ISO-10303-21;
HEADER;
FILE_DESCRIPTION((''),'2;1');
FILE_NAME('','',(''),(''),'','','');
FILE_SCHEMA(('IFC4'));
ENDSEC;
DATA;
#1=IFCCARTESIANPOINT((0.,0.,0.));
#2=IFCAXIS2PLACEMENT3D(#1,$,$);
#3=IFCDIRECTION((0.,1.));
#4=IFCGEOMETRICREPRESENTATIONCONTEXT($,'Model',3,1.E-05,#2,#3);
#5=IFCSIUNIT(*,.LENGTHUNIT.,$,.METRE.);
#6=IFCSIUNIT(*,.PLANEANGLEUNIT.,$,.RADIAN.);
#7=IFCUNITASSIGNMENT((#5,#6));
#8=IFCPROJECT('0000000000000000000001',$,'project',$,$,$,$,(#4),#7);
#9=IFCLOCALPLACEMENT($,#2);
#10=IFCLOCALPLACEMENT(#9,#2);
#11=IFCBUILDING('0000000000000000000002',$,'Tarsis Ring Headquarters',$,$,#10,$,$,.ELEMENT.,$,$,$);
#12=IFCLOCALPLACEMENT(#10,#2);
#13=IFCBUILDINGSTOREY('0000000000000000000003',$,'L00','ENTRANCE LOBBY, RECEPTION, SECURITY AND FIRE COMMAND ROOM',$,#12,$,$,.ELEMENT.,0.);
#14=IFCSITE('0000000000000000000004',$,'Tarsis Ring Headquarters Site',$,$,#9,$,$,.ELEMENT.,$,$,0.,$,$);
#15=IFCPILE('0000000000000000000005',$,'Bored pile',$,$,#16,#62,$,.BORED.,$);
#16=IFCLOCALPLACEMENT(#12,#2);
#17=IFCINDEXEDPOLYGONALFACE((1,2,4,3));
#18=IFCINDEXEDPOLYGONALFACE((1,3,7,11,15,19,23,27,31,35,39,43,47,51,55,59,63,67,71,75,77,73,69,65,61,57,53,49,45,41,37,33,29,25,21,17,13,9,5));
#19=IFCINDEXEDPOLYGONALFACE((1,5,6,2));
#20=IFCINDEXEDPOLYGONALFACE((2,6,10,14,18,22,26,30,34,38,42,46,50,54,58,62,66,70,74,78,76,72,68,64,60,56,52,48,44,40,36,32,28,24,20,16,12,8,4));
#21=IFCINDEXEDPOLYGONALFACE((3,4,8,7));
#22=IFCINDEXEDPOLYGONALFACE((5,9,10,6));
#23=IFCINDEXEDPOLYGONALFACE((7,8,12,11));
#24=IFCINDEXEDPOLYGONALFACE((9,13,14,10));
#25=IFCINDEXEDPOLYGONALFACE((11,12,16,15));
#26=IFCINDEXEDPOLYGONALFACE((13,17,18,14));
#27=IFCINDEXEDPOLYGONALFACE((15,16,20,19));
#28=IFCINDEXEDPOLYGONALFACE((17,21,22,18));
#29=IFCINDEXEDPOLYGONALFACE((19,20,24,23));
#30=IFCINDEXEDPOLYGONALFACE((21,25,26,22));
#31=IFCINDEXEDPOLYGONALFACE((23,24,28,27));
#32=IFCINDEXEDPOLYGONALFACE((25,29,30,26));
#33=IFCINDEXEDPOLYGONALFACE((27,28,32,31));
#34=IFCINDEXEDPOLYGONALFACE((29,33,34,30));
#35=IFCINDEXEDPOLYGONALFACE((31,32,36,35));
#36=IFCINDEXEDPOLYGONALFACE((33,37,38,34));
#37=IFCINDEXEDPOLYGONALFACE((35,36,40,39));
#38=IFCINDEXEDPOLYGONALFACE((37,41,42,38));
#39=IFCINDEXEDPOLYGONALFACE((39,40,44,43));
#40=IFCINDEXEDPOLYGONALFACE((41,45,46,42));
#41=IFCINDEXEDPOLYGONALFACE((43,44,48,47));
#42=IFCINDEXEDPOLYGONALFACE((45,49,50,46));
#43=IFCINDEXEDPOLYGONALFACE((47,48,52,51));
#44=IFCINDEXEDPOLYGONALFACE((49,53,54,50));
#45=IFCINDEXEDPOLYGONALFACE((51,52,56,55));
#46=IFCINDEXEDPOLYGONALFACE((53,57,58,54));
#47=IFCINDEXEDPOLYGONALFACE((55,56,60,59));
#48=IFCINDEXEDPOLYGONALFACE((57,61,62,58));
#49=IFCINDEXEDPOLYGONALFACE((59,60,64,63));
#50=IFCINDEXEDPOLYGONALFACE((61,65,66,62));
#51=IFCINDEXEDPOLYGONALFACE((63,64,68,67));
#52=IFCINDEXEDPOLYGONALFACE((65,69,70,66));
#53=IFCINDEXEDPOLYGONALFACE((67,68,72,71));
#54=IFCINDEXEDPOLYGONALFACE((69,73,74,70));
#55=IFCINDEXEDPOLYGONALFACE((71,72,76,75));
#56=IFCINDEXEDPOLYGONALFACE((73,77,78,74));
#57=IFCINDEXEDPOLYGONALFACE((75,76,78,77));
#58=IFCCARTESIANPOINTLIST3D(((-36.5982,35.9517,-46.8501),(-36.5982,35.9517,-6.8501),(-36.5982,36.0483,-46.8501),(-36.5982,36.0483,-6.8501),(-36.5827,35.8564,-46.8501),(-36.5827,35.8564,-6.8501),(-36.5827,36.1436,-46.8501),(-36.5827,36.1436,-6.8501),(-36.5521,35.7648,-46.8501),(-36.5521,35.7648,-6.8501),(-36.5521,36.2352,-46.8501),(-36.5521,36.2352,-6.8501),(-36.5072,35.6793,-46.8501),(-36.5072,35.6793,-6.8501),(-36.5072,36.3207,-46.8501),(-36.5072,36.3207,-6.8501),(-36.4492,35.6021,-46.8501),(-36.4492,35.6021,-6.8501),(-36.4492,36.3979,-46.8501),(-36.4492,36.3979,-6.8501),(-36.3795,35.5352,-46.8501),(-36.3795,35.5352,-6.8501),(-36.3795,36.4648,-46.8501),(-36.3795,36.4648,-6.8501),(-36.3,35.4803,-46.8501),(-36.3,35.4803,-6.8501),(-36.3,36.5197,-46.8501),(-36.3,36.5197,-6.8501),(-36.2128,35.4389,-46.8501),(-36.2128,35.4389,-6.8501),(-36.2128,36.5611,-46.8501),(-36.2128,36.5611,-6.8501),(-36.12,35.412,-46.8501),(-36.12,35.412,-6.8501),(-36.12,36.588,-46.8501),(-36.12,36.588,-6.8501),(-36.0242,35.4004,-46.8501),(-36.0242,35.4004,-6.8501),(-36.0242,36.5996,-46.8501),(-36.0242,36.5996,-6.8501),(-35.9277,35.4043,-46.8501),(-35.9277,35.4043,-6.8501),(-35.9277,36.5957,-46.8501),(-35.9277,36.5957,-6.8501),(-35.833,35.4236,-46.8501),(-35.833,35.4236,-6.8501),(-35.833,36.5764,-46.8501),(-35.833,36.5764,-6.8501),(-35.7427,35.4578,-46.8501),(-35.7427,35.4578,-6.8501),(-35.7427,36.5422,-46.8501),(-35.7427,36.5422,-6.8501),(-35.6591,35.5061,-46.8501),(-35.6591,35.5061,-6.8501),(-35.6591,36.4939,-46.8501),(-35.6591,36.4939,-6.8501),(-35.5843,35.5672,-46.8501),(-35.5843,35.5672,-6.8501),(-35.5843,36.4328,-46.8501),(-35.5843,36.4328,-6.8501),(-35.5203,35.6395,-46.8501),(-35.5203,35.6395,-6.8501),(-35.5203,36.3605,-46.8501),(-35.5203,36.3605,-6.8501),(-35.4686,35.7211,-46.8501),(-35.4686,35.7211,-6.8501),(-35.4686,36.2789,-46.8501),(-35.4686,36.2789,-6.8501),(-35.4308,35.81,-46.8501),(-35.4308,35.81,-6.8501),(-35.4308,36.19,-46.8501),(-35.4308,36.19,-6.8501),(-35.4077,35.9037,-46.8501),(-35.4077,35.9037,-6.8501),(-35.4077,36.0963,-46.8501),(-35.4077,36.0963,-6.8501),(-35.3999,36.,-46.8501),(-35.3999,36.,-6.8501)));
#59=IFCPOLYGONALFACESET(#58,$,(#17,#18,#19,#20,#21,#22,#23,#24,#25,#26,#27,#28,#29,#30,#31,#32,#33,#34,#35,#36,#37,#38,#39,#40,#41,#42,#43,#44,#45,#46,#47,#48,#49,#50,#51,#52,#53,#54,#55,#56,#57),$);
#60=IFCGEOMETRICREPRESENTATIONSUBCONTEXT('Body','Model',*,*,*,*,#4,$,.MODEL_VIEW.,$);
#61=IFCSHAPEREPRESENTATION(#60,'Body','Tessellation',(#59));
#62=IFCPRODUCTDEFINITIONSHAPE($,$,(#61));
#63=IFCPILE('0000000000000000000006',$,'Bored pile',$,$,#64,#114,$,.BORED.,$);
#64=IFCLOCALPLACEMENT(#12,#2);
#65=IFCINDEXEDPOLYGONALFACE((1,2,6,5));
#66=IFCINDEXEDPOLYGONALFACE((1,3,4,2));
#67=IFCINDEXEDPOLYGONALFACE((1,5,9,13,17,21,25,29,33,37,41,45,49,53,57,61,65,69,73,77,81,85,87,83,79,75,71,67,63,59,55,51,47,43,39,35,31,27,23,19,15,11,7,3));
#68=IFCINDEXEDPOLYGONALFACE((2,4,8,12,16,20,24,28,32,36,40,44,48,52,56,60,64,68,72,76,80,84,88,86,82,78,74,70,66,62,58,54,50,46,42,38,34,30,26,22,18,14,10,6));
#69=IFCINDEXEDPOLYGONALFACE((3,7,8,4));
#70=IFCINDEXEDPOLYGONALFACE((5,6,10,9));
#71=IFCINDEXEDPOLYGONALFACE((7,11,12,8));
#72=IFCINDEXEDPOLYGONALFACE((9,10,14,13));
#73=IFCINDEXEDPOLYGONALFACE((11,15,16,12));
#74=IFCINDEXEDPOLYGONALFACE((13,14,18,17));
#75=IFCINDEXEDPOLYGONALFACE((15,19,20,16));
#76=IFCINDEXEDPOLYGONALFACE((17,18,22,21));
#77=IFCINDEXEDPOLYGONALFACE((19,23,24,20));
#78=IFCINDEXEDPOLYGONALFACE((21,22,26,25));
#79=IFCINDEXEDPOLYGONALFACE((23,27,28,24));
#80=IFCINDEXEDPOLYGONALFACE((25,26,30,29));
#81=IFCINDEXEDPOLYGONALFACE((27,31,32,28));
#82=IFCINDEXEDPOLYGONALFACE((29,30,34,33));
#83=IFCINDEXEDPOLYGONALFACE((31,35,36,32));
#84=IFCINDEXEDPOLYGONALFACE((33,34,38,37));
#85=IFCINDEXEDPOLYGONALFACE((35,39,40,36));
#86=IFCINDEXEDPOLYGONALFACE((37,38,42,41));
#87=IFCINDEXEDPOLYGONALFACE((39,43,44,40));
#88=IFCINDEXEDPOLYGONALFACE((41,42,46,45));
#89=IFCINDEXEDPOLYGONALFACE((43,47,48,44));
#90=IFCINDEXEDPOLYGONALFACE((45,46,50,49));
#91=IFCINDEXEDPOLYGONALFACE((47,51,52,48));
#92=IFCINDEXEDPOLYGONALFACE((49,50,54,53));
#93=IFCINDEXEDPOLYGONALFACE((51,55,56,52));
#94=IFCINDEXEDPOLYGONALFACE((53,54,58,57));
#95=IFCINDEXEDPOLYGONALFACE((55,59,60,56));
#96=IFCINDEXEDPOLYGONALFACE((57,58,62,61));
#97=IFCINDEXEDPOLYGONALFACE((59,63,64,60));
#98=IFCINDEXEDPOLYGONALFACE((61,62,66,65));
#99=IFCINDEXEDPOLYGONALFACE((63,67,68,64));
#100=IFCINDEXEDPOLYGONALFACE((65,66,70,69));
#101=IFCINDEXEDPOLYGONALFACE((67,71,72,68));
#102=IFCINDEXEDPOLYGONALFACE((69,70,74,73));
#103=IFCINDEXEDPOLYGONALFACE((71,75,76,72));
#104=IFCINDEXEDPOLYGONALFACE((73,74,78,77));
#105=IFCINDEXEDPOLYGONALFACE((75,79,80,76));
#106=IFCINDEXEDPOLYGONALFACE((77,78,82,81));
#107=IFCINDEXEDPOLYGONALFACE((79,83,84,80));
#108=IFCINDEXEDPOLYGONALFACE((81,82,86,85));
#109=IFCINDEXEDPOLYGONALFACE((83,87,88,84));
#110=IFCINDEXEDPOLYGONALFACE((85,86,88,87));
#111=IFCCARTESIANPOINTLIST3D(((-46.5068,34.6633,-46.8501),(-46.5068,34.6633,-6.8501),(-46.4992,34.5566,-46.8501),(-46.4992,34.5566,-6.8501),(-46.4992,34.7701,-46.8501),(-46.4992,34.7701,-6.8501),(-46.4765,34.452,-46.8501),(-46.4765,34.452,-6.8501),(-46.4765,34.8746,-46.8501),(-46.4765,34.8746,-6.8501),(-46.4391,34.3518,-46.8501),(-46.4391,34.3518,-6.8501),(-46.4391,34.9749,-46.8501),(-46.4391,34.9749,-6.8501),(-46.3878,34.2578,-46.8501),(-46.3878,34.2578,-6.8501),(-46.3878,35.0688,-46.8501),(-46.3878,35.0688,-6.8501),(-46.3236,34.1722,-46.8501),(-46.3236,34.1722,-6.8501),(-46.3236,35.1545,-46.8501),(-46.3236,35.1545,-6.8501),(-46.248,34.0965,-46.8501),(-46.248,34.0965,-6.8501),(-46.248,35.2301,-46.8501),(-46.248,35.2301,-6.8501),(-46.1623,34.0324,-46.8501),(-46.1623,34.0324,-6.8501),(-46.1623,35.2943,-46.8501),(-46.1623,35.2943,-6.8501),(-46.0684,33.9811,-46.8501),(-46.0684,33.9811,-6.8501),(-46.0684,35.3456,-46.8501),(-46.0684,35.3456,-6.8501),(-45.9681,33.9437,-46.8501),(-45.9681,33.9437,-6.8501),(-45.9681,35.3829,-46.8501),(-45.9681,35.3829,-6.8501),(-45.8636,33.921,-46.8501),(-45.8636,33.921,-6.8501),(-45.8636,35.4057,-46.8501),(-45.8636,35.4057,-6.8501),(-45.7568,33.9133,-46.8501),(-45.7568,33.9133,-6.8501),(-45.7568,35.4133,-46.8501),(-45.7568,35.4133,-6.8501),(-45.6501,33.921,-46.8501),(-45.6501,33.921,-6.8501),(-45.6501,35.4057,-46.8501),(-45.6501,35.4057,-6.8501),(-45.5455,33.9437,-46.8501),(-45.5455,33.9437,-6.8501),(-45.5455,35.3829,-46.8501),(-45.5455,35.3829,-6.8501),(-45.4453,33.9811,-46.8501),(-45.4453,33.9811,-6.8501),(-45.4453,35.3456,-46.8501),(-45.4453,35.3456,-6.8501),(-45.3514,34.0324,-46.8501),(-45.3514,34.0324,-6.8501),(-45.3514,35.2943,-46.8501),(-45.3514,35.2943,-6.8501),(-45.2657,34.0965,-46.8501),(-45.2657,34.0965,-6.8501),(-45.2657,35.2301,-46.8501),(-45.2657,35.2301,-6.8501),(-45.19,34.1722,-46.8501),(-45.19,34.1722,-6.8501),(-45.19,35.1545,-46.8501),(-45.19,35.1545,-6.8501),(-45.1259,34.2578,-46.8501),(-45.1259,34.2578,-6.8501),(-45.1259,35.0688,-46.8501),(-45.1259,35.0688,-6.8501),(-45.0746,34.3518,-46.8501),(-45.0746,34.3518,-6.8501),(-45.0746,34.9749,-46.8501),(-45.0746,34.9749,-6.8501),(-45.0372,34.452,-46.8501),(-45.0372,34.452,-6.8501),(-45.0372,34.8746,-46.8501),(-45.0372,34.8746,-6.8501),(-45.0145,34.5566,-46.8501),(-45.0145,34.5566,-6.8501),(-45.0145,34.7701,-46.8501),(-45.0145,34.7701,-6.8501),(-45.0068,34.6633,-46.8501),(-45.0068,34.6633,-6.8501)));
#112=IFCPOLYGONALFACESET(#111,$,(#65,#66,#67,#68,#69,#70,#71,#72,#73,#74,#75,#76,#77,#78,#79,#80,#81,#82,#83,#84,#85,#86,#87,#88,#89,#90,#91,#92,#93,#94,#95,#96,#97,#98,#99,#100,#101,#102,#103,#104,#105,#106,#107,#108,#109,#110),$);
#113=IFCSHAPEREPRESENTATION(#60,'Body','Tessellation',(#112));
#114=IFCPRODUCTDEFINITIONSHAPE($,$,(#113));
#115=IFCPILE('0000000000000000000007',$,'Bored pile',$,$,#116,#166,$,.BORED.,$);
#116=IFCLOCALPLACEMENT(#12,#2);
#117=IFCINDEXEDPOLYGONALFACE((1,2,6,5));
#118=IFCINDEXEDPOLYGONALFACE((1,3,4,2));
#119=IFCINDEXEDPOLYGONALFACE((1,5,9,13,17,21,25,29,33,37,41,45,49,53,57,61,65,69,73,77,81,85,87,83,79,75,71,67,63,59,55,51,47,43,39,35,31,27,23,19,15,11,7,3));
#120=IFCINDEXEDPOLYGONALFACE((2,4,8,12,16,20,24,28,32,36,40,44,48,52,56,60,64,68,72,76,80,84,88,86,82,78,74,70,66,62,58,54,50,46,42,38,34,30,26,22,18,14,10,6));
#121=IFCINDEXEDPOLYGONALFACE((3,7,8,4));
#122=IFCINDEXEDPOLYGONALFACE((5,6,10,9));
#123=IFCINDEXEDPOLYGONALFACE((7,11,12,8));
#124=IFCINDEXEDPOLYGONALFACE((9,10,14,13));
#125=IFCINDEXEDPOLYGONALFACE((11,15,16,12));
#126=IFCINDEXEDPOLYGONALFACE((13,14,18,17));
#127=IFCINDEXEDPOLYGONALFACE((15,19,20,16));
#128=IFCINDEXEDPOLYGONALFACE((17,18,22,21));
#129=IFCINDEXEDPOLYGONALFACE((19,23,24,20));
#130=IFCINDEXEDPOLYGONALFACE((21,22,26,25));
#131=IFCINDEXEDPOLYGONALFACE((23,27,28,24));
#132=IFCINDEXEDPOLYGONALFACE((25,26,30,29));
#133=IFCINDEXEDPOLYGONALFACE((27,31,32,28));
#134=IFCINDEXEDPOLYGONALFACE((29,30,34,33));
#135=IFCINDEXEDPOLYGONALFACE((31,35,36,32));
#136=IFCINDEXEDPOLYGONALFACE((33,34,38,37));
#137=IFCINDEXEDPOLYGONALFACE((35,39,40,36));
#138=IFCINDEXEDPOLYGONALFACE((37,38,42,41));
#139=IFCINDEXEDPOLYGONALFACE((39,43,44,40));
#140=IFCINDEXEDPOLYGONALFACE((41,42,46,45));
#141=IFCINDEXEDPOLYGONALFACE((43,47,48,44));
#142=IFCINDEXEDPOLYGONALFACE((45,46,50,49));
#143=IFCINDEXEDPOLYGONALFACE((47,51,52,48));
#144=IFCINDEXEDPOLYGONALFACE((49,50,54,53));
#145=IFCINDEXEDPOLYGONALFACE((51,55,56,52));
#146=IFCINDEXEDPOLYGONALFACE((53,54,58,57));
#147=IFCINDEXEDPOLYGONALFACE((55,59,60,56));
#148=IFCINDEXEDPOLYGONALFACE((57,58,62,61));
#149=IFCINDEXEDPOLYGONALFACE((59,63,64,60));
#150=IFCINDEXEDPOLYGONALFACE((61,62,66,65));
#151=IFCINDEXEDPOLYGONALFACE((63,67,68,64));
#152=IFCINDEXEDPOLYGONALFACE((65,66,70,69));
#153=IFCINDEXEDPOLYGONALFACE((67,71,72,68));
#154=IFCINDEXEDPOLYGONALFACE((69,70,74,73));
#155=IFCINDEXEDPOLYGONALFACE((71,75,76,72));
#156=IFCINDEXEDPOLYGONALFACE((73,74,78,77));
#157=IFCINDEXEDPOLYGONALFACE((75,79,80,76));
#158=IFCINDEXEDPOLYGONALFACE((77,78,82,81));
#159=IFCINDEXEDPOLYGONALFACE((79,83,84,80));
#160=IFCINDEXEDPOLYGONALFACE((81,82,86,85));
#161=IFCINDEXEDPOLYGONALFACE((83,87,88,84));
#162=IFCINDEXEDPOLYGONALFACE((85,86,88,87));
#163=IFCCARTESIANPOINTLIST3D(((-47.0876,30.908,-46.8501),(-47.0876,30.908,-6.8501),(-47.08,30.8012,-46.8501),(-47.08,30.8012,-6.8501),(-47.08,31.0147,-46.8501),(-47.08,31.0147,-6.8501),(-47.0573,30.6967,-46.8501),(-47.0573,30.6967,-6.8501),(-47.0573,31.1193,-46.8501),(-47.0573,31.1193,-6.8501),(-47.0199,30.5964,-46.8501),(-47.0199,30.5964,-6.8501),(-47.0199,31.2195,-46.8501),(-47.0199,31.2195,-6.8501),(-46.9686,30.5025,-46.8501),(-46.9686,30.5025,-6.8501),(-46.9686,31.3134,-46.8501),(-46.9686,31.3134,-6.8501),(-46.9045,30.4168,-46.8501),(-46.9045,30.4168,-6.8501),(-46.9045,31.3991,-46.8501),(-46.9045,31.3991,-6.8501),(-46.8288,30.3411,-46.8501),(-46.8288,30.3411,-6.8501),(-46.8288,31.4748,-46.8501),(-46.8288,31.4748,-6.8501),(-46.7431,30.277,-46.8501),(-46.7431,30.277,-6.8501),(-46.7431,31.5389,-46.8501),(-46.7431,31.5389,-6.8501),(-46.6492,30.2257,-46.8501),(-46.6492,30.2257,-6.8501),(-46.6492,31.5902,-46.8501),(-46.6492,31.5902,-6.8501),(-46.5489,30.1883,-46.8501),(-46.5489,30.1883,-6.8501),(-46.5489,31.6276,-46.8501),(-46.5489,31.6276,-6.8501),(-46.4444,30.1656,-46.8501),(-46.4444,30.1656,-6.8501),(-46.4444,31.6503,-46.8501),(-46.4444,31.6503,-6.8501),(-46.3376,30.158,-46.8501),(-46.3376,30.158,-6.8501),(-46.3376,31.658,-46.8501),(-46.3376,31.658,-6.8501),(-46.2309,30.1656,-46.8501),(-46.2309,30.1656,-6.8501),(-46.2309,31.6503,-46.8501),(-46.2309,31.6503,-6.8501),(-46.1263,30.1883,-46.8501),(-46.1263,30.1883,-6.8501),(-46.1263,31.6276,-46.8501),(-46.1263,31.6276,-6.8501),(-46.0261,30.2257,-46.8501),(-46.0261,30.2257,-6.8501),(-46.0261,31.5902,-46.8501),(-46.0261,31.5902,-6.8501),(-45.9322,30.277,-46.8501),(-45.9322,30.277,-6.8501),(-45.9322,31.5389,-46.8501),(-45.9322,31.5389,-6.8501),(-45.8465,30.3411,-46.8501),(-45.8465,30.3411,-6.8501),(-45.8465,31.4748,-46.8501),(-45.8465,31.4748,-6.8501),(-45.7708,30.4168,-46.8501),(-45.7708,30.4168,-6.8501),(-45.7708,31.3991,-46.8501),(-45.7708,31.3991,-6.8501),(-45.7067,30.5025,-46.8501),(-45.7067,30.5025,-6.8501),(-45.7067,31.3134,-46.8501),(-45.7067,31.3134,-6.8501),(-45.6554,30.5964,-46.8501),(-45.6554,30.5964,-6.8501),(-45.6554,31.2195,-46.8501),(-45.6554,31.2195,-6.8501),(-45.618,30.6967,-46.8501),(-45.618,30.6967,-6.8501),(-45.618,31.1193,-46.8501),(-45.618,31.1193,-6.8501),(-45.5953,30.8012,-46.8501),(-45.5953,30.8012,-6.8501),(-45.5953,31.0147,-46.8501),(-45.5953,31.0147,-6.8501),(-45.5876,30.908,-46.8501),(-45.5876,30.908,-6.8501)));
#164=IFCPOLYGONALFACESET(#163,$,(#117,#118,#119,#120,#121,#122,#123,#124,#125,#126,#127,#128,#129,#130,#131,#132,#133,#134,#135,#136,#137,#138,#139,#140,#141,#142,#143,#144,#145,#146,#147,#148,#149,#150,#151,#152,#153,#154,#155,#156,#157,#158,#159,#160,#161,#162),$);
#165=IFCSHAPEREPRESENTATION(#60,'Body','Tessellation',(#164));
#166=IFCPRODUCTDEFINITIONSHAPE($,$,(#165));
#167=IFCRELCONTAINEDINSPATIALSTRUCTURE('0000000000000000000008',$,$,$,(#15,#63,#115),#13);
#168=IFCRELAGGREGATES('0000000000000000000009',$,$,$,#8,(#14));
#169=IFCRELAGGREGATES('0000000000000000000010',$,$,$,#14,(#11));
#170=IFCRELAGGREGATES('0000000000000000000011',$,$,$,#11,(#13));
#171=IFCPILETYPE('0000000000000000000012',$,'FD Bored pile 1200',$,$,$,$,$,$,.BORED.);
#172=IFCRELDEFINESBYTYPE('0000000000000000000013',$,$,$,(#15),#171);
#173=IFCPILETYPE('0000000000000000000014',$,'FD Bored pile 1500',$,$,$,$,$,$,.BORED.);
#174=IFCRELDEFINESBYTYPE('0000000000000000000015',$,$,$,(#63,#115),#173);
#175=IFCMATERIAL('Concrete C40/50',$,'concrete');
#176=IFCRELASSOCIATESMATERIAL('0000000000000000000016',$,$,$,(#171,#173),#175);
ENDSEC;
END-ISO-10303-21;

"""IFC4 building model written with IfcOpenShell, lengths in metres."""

from ifc_helpers import new_model, si_unit, direction, frame, origin, origin_2d, place, context, subcontext, project, spatial, circle, extrude, material, material_profile, profile_set, type_object, element, save


model = new_model("IFC4")

# Units and contexts
model_context = context("Model", 3, precision=1e-05, world=origin(), true_north=direction((0.0, 1.0)))
body_context = subcontext(model_context, "Body", "Model", "MODEL_VIEW")
ifc_project = project(units=[si_unit("LENGTHUNIT", "METRE"), si_unit("PLANEANGLEUNIT", "RADIAN")], contexts=[model_context])

# Site, building, storey
site_placement = place(None, origin())
site = spatial("IfcSite", under=ifc_project, at=site_placement, Name="Tarsis Ring Headquarters Site", CompositionType="ELEMENT", RefElevation=0.0)
building_placement = place(site_placement, origin())
building = spatial("IfcBuilding", under=site, at=building_placement, Name="Tarsis Ring Headquarters", CompositionType="ELEMENT")
storey_placement = place(building_placement, origin())
storey = spatial("IfcBuildingStorey", under=building, at=storey_placement, Name="L00", Description="ENTRANCE LOBBY, RECEPTION, SECURITY AND FIRE COMMAND ROOM", CompositionType="ELEMENT", Elevation=0.0)

# Piles
ifc_material_1 = material(Name="Concrete C40/50", Category="concrete")
ifc_material_profile_1 = material_profile(ifc_material_1, circle(Radius=0.6001, at=origin_2d()), Name="BORED 1200")
ifc_profile_set_1 = profile_set([ifc_material_profile_1], Name="Concrete C40/50")
pile_type_1 = type_object("IfcPileType", Name="FD Bored pile 1200", PredefinedType="BORED", material=ifc_profile_set_1)
pile_placement = place(storey_placement, frame((-36.0, 36.0, -6.8501), z_axis=(0.0, 0.0, -1.0), x_axis=(1.0, 0.0, 0.0)))
element("IfcPile", 1, at=pile_placement, inside=storey, type_object=pile_type_1, Name="Bored pile", PredefinedType="BORED", context=body_context, shape_type="SweptSolid", body=[
    extrude(circle(Radius=0.6001, at=origin_2d()), origin(), (0.0, 0.0, 1.0), 40.0),
])
ifc_material_profile_2 = material_profile(ifc_material_1, circle(Radius=0.75, at=origin_2d()), Name="BORED 1500")
ifc_profile_set_2 = profile_set([ifc_material_profile_2], Name="Concrete C40/50")
pile_type_2 = type_object("IfcPileType", Name="FD Bored pile 1500", PredefinedType="BORED", material=ifc_profile_set_2)
for number, where, z_axis, x_axis, name in (
    (2, (-45.7568, 34.6633, -6.8501), (0.0, 0.0, -1.0), (1.0, 0.0, 0.0), "Bored pile"),
    (3, (-46.3376, 30.908, -6.8501), (0.0, 0.0, -1.0), (1.0, 0.0, 0.0), "Bored pile"),
):
    element("IfcPile", number, at=place(storey_placement, frame(where, z_axis=z_axis, x_axis=x_axis)), inside=storey, type_object=pile_type_2, Name=name, PredefinedType="BORED", context=body_context, shape_type="SweptSolid", body=[
        extrude(circle(Radius=0.75, at=origin_2d()), origin(), (0.0, 0.0, 1.0), 40.0),
    ])

save(model, "model.ifc")
